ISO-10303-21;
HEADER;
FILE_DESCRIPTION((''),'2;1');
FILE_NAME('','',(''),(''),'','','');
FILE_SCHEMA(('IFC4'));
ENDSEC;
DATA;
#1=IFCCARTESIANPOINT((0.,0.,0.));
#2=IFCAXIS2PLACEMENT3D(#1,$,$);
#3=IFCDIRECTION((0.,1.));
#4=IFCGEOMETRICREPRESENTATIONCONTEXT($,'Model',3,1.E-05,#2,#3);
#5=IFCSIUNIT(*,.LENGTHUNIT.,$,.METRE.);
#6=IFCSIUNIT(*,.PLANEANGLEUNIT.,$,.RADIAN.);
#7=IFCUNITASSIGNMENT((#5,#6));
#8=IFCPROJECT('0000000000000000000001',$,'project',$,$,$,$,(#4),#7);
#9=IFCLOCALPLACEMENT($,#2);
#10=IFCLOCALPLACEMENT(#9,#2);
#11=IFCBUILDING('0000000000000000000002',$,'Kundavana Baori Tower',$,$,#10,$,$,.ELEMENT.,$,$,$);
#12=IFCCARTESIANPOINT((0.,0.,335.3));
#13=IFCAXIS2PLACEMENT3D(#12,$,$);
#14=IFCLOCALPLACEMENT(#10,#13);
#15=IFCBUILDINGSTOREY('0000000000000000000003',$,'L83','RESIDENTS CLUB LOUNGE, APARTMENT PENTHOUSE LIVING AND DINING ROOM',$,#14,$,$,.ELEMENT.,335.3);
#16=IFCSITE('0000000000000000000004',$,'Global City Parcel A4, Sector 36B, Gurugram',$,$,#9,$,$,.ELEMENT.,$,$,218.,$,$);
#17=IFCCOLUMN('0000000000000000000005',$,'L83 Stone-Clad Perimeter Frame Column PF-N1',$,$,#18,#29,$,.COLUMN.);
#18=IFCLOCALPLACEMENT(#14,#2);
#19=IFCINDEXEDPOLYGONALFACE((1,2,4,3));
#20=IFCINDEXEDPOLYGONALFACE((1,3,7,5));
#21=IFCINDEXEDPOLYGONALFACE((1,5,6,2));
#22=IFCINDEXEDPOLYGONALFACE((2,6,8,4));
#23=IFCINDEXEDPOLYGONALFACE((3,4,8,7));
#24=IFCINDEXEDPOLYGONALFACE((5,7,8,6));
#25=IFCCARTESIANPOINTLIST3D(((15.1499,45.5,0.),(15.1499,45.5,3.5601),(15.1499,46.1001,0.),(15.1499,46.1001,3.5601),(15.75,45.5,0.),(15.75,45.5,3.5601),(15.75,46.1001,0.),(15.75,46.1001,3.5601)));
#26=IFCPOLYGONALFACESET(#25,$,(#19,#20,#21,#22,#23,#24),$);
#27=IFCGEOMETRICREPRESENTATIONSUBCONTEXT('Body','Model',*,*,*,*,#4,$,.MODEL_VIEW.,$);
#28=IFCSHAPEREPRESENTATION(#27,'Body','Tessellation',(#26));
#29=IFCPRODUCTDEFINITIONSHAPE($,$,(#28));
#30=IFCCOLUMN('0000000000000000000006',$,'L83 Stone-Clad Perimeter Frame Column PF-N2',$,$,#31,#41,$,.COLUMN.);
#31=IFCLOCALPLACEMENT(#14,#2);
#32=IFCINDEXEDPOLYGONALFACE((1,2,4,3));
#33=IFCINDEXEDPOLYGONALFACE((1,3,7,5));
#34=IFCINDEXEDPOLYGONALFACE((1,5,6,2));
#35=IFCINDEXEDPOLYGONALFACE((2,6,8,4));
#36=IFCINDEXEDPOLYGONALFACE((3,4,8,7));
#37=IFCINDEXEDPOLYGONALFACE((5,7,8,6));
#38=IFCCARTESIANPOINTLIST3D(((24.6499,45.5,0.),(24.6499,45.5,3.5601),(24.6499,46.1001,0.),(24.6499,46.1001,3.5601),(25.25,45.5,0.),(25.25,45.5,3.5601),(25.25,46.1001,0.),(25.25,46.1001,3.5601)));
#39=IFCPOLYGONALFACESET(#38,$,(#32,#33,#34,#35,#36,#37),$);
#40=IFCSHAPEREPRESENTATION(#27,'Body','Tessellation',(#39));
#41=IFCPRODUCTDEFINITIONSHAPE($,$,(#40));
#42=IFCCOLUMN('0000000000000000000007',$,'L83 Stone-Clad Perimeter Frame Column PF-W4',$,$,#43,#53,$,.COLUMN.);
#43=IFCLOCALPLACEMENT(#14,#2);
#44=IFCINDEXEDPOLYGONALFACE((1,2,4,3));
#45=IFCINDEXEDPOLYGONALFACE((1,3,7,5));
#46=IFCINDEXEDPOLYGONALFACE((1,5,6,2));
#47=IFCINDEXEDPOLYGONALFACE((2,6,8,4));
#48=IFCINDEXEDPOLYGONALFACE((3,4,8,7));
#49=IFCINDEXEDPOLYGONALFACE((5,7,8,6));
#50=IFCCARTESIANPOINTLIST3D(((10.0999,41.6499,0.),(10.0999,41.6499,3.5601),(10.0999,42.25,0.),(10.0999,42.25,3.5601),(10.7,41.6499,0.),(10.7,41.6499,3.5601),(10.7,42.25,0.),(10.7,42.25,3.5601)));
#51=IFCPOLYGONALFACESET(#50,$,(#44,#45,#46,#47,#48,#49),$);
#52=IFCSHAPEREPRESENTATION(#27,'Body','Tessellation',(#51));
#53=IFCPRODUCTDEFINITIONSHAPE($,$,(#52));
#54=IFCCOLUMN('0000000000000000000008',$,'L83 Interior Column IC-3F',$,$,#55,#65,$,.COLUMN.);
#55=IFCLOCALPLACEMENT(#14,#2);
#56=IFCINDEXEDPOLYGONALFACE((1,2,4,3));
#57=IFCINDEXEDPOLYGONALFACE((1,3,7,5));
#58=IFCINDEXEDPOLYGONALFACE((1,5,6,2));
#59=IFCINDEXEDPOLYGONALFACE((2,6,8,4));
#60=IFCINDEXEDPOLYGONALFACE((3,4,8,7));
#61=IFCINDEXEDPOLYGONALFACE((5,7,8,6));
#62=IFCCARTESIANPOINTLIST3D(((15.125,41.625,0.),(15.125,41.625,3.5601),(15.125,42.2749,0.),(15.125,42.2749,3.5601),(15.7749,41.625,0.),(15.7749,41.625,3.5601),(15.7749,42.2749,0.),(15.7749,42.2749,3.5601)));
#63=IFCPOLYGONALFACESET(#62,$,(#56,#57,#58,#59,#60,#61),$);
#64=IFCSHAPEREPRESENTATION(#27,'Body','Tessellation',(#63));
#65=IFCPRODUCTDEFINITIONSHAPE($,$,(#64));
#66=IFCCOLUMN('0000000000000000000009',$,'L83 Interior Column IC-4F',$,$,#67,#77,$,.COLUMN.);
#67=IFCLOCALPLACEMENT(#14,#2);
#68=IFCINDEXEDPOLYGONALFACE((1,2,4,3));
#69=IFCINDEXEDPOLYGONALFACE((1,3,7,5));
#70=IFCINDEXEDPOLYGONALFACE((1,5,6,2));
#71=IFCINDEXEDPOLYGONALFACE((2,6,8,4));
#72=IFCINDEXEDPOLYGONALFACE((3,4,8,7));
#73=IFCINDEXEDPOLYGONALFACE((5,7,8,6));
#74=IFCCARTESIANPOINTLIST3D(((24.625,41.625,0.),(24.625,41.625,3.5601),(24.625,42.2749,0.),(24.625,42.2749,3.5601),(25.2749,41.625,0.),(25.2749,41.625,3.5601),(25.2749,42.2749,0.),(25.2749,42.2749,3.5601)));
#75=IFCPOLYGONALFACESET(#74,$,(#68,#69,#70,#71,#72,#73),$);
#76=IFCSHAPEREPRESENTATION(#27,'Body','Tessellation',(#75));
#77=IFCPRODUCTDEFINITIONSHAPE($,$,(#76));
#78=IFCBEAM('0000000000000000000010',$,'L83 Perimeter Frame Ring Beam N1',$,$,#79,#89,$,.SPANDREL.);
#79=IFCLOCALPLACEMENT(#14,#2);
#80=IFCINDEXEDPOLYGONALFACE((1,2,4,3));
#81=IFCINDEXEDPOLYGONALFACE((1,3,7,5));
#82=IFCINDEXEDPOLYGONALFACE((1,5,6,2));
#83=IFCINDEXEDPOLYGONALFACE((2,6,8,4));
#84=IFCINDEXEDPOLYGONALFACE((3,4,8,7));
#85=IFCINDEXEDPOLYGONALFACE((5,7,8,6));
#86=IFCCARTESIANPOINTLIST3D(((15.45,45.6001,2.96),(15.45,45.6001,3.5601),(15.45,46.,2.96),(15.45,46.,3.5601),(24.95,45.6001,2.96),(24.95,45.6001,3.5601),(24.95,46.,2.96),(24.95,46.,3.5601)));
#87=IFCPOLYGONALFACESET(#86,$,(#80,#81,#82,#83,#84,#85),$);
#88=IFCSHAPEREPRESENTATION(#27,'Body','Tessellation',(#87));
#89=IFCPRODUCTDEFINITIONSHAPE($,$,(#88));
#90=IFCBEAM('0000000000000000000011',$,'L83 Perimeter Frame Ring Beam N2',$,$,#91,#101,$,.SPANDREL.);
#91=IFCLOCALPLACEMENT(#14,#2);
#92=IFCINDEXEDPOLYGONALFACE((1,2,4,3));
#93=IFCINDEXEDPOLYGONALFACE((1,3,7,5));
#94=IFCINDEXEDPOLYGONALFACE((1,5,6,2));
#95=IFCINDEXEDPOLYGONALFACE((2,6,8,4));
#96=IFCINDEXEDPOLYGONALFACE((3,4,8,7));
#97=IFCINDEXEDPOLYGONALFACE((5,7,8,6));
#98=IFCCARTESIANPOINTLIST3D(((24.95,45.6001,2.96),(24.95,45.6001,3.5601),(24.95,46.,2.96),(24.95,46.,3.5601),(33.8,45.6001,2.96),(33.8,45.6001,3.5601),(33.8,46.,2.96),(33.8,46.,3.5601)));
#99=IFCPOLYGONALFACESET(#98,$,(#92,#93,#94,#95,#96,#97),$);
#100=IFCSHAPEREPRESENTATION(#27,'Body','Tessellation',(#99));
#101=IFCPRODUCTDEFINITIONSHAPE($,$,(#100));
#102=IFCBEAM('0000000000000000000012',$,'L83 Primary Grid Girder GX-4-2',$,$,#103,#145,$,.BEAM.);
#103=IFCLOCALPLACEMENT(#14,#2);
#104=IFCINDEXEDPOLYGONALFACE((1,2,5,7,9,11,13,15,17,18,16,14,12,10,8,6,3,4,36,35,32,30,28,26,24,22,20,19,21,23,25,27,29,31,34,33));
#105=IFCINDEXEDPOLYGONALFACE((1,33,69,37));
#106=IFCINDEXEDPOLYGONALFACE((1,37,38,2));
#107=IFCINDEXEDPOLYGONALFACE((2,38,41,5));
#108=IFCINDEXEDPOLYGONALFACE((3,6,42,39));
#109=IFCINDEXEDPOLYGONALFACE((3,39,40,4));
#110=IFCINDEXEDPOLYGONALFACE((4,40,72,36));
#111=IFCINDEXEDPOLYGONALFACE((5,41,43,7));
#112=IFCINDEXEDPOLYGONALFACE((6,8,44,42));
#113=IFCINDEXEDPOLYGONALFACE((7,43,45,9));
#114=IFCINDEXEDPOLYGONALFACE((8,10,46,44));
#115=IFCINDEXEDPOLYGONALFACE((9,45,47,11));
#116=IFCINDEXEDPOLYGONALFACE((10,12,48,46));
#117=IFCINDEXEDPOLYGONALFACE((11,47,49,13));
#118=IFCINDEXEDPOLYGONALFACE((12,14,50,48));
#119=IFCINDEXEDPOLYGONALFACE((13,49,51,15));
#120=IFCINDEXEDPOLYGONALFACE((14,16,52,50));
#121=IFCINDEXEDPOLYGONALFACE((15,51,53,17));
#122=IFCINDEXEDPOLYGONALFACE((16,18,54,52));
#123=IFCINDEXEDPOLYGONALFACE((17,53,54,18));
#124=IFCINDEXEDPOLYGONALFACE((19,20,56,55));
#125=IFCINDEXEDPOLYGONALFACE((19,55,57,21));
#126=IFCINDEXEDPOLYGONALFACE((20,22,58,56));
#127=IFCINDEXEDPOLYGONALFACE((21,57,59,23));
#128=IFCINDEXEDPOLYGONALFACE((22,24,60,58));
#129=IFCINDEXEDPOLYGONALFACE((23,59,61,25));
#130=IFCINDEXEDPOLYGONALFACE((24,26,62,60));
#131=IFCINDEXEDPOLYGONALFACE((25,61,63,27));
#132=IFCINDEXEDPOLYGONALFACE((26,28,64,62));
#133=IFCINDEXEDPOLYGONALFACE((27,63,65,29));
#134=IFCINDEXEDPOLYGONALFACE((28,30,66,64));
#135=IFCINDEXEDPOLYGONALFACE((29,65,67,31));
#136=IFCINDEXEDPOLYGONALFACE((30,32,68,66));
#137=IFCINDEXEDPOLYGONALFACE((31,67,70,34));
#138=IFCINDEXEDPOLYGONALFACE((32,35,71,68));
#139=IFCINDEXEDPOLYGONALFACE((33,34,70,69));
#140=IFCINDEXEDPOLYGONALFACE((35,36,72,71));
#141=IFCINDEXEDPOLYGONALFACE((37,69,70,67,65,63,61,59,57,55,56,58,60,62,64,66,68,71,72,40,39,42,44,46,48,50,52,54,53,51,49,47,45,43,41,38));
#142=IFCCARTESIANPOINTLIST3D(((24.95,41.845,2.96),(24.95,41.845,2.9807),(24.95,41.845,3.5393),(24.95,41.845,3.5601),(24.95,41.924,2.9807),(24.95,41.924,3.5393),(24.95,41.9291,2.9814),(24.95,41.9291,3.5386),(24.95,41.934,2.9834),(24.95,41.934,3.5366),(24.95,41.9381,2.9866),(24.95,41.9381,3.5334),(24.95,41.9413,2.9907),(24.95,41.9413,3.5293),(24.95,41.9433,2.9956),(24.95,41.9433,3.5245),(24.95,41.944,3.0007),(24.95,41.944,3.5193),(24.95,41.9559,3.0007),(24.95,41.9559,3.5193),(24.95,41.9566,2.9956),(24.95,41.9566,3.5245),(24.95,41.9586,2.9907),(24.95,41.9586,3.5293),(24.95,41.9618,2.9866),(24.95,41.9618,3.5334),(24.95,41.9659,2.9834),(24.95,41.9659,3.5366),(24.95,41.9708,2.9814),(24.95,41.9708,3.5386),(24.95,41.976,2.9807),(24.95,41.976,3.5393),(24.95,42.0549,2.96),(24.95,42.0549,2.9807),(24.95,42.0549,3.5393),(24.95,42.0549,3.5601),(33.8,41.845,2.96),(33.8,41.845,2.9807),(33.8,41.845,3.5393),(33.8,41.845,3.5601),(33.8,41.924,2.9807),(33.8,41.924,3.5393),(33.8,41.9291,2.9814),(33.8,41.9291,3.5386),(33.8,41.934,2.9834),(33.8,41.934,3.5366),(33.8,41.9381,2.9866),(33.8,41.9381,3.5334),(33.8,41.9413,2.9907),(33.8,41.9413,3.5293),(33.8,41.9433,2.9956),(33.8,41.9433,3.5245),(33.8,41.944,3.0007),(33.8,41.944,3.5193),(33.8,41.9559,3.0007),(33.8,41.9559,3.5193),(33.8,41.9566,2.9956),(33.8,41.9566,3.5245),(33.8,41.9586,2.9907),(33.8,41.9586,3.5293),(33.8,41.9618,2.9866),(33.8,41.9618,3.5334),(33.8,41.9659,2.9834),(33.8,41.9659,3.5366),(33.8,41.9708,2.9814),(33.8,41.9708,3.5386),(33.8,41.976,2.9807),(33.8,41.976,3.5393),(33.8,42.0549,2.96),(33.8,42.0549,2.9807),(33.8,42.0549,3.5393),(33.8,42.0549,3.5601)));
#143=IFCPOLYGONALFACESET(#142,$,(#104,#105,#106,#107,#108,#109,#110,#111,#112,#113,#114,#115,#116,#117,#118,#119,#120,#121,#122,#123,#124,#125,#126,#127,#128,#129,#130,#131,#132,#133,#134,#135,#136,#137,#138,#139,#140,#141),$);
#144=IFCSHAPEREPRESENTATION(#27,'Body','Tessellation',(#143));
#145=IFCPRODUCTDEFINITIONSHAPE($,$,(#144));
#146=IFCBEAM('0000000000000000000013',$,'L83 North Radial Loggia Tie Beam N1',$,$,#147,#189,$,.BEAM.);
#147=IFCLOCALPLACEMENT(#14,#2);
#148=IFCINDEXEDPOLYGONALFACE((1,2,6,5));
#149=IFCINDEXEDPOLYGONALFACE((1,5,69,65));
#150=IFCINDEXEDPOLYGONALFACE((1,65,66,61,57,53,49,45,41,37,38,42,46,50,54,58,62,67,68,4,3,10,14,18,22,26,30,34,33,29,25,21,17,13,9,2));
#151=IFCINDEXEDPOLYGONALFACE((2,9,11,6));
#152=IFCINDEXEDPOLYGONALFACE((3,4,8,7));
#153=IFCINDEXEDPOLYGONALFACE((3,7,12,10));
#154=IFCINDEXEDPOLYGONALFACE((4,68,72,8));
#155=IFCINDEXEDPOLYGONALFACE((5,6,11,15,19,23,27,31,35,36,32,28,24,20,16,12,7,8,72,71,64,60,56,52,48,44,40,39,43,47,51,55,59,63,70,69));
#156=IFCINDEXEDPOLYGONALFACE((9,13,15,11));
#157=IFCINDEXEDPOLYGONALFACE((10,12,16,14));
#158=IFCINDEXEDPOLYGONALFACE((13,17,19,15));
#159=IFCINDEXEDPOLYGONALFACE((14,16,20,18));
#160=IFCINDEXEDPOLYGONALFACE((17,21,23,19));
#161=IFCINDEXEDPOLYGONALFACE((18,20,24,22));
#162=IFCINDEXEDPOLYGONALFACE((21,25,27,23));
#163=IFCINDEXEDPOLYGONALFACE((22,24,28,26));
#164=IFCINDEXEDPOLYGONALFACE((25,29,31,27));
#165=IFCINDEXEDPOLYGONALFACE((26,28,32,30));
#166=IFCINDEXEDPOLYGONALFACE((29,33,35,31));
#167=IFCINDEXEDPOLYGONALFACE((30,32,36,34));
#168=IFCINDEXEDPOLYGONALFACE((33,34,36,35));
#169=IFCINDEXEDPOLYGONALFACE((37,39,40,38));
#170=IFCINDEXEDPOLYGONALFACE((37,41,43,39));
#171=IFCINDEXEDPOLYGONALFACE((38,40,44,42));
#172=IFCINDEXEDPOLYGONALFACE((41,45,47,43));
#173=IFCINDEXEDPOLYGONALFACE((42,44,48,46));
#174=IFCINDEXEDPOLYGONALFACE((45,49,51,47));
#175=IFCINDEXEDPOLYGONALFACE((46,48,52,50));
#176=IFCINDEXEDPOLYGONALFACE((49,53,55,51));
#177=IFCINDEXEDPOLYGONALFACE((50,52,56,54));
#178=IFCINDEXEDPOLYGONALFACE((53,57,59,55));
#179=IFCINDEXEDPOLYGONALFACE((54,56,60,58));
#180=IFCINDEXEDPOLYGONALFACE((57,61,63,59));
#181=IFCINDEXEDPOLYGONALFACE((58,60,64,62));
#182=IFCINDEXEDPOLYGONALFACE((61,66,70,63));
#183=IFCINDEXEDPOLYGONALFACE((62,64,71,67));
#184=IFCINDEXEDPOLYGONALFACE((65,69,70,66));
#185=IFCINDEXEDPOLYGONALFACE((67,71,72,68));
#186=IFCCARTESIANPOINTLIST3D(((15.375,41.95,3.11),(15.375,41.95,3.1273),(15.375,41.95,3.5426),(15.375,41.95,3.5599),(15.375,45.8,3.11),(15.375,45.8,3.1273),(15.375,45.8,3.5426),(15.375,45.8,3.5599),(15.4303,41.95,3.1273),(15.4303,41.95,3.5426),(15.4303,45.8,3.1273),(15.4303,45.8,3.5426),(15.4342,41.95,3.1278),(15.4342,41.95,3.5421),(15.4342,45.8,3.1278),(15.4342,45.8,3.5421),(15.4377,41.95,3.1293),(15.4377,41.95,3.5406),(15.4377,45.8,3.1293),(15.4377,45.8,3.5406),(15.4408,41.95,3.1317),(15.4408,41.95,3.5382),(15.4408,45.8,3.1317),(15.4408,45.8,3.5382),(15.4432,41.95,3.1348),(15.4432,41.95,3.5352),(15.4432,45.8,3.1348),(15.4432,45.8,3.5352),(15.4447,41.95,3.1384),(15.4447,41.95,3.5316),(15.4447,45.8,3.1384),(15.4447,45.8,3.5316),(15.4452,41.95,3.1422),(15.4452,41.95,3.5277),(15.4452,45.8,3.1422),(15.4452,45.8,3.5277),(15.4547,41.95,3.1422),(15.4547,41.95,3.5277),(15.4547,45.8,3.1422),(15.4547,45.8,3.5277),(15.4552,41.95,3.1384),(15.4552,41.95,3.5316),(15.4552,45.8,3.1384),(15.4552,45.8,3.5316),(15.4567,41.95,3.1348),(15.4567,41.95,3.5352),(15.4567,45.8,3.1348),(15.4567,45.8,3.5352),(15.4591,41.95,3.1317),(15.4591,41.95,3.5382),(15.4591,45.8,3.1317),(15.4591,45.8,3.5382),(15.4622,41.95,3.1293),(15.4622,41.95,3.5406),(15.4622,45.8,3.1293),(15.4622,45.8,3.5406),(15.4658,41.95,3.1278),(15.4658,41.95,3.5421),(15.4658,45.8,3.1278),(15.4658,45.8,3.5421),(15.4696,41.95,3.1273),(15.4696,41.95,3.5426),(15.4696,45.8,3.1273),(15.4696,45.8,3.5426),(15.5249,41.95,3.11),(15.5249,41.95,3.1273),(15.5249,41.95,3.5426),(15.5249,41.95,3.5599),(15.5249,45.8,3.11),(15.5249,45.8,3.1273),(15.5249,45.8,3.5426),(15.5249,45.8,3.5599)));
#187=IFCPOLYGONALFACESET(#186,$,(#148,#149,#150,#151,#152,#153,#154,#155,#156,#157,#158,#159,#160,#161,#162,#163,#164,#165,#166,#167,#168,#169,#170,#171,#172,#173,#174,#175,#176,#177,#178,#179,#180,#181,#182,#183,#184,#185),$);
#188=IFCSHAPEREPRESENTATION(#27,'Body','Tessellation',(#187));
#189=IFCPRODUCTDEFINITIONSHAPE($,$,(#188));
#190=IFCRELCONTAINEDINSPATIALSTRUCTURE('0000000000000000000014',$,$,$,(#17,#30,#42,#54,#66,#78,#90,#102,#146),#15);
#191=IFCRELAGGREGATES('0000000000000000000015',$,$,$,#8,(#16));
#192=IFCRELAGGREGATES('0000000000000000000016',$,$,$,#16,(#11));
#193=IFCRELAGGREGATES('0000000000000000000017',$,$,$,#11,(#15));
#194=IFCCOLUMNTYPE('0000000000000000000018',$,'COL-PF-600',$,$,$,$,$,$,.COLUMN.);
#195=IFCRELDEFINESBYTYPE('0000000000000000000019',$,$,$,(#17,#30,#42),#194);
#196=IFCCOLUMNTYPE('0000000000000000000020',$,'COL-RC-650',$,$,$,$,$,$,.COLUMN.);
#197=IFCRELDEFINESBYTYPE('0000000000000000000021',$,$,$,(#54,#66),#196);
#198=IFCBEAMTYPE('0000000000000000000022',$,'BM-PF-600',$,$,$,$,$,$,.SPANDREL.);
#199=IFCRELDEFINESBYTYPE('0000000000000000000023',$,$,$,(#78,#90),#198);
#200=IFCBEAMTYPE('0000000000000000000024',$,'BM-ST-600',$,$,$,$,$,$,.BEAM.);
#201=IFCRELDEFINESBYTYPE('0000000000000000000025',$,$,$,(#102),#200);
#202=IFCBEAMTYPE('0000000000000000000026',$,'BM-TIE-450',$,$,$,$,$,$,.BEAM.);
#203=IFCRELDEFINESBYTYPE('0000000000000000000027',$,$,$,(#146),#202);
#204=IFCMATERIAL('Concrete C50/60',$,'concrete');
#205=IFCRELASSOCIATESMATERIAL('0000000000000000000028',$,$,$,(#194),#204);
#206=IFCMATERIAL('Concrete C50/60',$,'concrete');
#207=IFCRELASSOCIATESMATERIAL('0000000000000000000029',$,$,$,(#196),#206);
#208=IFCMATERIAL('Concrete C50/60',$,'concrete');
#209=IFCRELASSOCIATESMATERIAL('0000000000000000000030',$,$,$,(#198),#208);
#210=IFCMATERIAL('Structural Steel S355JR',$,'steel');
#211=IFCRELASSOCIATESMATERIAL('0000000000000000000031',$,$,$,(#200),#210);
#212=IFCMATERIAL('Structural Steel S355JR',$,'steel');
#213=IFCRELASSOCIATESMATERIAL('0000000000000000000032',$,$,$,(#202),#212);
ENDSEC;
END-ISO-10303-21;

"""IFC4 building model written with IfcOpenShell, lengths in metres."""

from ifc_helpers import new_model, si_unit, direction, frame, origin, origin_2d, place, context, subcontext, project, spatial, rectangle, i_section, extrude, material, material_profile, profile_set, type_object, element, save


model = new_model("IFC4")

# Units and contexts
model_context = context("Model", 3, precision=1e-05, world=origin(), true_north=direction((0.0, 1.0)))
body_context = subcontext(model_context, "Body", "Model", "MODEL_VIEW")
ifc_project = project(units=[si_unit("LENGTHUNIT", "METRE"), si_unit("PLANEANGLEUNIT", "RADIAN")], contexts=[model_context])

# Site, building, storey
site_placement = place(None, origin())
site = spatial("IfcSite", under=ifc_project, at=site_placement, Name="Global City Parcel A4, Sector 36B, Gurugram", CompositionType="ELEMENT", RefElevation=218.0)
building_placement = place(site_placement, origin())
building = spatial("IfcBuilding", under=site, at=building_placement, Name="Kundavana Baori Tower", CompositionType="ELEMENT")
storey_placement = place(building_placement, frame((0.0, 0.0, 335.3)))
storey = spatial("IfcBuildingStorey", under=building, at=storey_placement, Name="L83", Description="RESIDENTS CLUB LOUNGE, APARTMENT PENTHOUSE LIVING AND DINING ROOM", CompositionType="ELEMENT", Elevation=335.3)

# Columns
ifc_material_1 = material(Name="Concrete C50/60", Category="concrete")
ifc_material_profile_1 = material_profile(ifc_material_1, rectangle(XDim=0.6001, YDim=0.6001, at=origin_2d()), Name="RC PF 600x600")
ifc_profile_set_1 = profile_set([ifc_material_profile_1], Name="Concrete C50/60")
column_type_1 = type_object("IfcColumnType", Name="COL-PF-600", PredefinedType="COLUMN", material=ifc_profile_set_1)
for number, where, z_axis, x_axis, name in (
    (1, (15.45, 45.8, 0.0), (0.0, 0.0, 1.0), (1.0, 0.0, 0.0), "L83 Stone-Clad Perimeter Frame Column PF-N1"),
    (2, (24.95, 45.8, 0.0), (0.0, 0.0, 1.0), (1.0, 0.0, 0.0), "L83 Stone-Clad Perimeter Frame Column PF-N2"),
    (3, (10.3999, 41.95, 0.0), (0.0, 0.0, 1.0), (1.0, 0.0, 0.0), "L83 Stone-Clad Perimeter Frame Column PF-W4"),
):
    element("IfcColumn", number, at=place(storey_placement, frame(where, z_axis=z_axis, x_axis=x_axis)), inside=storey, type_object=column_type_1, Name=name, PredefinedType="COLUMN", context=body_context, shape_type="SweptSolid", body=[
        extrude(rectangle(XDim=0.6001, YDim=0.6001, at=origin_2d()), origin(), (0.0, 0.0, 1.0), 3.5601),
    ])
ifc_material_2 = material(Name="Concrete C50/60", Category="concrete")
ifc_material_profile_2 = material_profile(ifc_material_2, rectangle(XDim=0.6499, YDim=0.6499, at=origin_2d()), Name="RC 650x650")
ifc_profile_set_2 = profile_set([ifc_material_profile_2], Name="Concrete C50/60")
column_type_2 = type_object("IfcColumnType", Name="COL-RC-650", PredefinedType="COLUMN", material=ifc_profile_set_2)
for number, where, z_axis, x_axis, name in (
    (4, (15.45, 41.95, 0.0), (0.0, 0.0, 1.0), (1.0, 0.0, 0.0), "L83 Interior Column IC-3F"),
    (5, (24.95, 41.95, 0.0), (0.0, 0.0, 1.0), (1.0, 0.0, 0.0), "L83 Interior Column IC-4F"),
):
    element("IfcColumn", number, at=place(storey_placement, frame(where, z_axis=z_axis, x_axis=x_axis)), inside=storey, type_object=column_type_2, Name=name, PredefinedType="COLUMN", context=body_context, shape_type="SweptSolid", body=[
        extrude(rectangle(XDim=0.6499, YDim=0.6499, at=origin_2d()), origin(), (0.0, 0.0, 1.0), 3.5601),
    ])

# Beams
ifc_material_3 = material(Name="Concrete C50/60", Category="concrete")
ifc_material_profile_3 = material_profile(ifc_material_3, rectangle(XDim=0.3999, YDim=0.6001, at=origin_2d()), Name="RC BM 400x600")
ifc_profile_set_3 = profile_set([ifc_material_profile_3], Name="Concrete C50/60")
beam_type_1 = type_object("IfcBeamType", Name="BM-PF-600", PredefinedType="SPANDREL", material=ifc_profile_set_3)
beam_1_placement = place(storey_placement, frame((15.45, 45.8, 3.26), z_axis=(1.0, 0.0, 0.0), x_axis=(0.0, 1.0, 0.0)))
element("IfcBeam", 6, at=beam_1_placement, inside=storey, type_object=beam_type_1, Name="L83 Perimeter Frame Ring Beam N1", PredefinedType="SPANDREL", context=body_context, shape_type="SweptSolid", body=[
    extrude(rectangle(XDim=0.3999, YDim=0.6001, at=origin_2d()), origin(), (0.0, 0.0, 1.0), 9.5),
])
beam_2_placement = place(storey_placement, frame((24.95, 45.8, 3.26), z_axis=(1.0, 0.0, 0.0), x_axis=(0.0, 1.0, 0.0)))
element("IfcBeam", 7, at=beam_2_placement, inside=storey, type_object=beam_type_1, Name="L83 Perimeter Frame Ring Beam N2", PredefinedType="SPANDREL", context=body_context, shape_type="SweptSolid", body=[
    extrude(rectangle(XDim=0.3999, YDim=0.6001, at=origin_2d()), origin(), (0.0, 0.0, 1.0), 8.8501),
])
ifc_material_4 = material(Name="Structural Steel S355JR", Category="steel")
ifc_material_profile_4 = material_profile(ifc_material_4, i_section(OverallWidth=0.21, OverallDepth=0.6001, WebThickness=0.012, FlangeThickness=0.0208, FilletRadius=0.02, at=origin_2d()), Name="ISMB 600")
ifc_profile_set_4 = profile_set([ifc_material_profile_4], Name="Structural Steel S355JR")
beam_type_2 = type_object("IfcBeamType", Name="BM-ST-600", PredefinedType="BEAM", material=ifc_profile_set_4)
beam_3_placement = place(storey_placement, frame((24.95, 41.95, 3.26), z_axis=(1.0, 0.0, 0.0), x_axis=(0.0, 1.0, 0.0)))
element("IfcBeam", 8, at=beam_3_placement, inside=storey, type_object=beam_type_2, Name="L83 Primary Grid Girder GX-4-2", PredefinedType="BEAM", context=body_context, shape_type="SweptSolid", body=[
    extrude(i_section(OverallWidth=0.21, OverallDepth=0.6001, WebThickness=0.012, FlangeThickness=0.0208, FilletRadius=0.02, at=origin_2d()), origin(), (0.0, 0.0, 1.0), 8.8501),
])
ifc_material_5 = material(Name="Structural Steel S355JR", Category="steel")
ifc_material_profile_5 = material_profile(ifc_material_5, i_section(OverallWidth=0.1499, OverallDepth=0.45, WebThickness=0.0095, FlangeThickness=0.0173, FilletRadius=0.0149, at=origin_2d()), Name="ISMB 450")
ifc_profile_set_5 = profile_set([ifc_material_profile_5], Name="Structural Steel S355JR")
beam_type_3 = type_object("IfcBeamType", Name="BM-TIE-450", PredefinedType="BEAM", material=ifc_profile_set_5)
for number, where, z_axis, x_axis, name in (
    (9, (15.45, 41.95, 3.335), (0.0, 1.0, 0.0), (-1.0, 0.0, 0.0), "L83 North Radial Loggia Tie Beam N1"),
):
    element("IfcBeam", number, at=place(storey_placement, frame(where, z_axis=z_axis, x_axis=x_axis)), inside=storey, type_object=beam_type_3, Name=name, PredefinedType="BEAM", context=body_context, shape_type="SweptSolid", body=[
        extrude(i_section(OverallWidth=0.1499, OverallDepth=0.45, WebThickness=0.0095, FlangeThickness=0.0173, FilletRadius=0.0149, at=origin_2d()), origin(), (0.0, 0.0, 1.0), 3.8501),
    ])

save(model, "model.ifc")
